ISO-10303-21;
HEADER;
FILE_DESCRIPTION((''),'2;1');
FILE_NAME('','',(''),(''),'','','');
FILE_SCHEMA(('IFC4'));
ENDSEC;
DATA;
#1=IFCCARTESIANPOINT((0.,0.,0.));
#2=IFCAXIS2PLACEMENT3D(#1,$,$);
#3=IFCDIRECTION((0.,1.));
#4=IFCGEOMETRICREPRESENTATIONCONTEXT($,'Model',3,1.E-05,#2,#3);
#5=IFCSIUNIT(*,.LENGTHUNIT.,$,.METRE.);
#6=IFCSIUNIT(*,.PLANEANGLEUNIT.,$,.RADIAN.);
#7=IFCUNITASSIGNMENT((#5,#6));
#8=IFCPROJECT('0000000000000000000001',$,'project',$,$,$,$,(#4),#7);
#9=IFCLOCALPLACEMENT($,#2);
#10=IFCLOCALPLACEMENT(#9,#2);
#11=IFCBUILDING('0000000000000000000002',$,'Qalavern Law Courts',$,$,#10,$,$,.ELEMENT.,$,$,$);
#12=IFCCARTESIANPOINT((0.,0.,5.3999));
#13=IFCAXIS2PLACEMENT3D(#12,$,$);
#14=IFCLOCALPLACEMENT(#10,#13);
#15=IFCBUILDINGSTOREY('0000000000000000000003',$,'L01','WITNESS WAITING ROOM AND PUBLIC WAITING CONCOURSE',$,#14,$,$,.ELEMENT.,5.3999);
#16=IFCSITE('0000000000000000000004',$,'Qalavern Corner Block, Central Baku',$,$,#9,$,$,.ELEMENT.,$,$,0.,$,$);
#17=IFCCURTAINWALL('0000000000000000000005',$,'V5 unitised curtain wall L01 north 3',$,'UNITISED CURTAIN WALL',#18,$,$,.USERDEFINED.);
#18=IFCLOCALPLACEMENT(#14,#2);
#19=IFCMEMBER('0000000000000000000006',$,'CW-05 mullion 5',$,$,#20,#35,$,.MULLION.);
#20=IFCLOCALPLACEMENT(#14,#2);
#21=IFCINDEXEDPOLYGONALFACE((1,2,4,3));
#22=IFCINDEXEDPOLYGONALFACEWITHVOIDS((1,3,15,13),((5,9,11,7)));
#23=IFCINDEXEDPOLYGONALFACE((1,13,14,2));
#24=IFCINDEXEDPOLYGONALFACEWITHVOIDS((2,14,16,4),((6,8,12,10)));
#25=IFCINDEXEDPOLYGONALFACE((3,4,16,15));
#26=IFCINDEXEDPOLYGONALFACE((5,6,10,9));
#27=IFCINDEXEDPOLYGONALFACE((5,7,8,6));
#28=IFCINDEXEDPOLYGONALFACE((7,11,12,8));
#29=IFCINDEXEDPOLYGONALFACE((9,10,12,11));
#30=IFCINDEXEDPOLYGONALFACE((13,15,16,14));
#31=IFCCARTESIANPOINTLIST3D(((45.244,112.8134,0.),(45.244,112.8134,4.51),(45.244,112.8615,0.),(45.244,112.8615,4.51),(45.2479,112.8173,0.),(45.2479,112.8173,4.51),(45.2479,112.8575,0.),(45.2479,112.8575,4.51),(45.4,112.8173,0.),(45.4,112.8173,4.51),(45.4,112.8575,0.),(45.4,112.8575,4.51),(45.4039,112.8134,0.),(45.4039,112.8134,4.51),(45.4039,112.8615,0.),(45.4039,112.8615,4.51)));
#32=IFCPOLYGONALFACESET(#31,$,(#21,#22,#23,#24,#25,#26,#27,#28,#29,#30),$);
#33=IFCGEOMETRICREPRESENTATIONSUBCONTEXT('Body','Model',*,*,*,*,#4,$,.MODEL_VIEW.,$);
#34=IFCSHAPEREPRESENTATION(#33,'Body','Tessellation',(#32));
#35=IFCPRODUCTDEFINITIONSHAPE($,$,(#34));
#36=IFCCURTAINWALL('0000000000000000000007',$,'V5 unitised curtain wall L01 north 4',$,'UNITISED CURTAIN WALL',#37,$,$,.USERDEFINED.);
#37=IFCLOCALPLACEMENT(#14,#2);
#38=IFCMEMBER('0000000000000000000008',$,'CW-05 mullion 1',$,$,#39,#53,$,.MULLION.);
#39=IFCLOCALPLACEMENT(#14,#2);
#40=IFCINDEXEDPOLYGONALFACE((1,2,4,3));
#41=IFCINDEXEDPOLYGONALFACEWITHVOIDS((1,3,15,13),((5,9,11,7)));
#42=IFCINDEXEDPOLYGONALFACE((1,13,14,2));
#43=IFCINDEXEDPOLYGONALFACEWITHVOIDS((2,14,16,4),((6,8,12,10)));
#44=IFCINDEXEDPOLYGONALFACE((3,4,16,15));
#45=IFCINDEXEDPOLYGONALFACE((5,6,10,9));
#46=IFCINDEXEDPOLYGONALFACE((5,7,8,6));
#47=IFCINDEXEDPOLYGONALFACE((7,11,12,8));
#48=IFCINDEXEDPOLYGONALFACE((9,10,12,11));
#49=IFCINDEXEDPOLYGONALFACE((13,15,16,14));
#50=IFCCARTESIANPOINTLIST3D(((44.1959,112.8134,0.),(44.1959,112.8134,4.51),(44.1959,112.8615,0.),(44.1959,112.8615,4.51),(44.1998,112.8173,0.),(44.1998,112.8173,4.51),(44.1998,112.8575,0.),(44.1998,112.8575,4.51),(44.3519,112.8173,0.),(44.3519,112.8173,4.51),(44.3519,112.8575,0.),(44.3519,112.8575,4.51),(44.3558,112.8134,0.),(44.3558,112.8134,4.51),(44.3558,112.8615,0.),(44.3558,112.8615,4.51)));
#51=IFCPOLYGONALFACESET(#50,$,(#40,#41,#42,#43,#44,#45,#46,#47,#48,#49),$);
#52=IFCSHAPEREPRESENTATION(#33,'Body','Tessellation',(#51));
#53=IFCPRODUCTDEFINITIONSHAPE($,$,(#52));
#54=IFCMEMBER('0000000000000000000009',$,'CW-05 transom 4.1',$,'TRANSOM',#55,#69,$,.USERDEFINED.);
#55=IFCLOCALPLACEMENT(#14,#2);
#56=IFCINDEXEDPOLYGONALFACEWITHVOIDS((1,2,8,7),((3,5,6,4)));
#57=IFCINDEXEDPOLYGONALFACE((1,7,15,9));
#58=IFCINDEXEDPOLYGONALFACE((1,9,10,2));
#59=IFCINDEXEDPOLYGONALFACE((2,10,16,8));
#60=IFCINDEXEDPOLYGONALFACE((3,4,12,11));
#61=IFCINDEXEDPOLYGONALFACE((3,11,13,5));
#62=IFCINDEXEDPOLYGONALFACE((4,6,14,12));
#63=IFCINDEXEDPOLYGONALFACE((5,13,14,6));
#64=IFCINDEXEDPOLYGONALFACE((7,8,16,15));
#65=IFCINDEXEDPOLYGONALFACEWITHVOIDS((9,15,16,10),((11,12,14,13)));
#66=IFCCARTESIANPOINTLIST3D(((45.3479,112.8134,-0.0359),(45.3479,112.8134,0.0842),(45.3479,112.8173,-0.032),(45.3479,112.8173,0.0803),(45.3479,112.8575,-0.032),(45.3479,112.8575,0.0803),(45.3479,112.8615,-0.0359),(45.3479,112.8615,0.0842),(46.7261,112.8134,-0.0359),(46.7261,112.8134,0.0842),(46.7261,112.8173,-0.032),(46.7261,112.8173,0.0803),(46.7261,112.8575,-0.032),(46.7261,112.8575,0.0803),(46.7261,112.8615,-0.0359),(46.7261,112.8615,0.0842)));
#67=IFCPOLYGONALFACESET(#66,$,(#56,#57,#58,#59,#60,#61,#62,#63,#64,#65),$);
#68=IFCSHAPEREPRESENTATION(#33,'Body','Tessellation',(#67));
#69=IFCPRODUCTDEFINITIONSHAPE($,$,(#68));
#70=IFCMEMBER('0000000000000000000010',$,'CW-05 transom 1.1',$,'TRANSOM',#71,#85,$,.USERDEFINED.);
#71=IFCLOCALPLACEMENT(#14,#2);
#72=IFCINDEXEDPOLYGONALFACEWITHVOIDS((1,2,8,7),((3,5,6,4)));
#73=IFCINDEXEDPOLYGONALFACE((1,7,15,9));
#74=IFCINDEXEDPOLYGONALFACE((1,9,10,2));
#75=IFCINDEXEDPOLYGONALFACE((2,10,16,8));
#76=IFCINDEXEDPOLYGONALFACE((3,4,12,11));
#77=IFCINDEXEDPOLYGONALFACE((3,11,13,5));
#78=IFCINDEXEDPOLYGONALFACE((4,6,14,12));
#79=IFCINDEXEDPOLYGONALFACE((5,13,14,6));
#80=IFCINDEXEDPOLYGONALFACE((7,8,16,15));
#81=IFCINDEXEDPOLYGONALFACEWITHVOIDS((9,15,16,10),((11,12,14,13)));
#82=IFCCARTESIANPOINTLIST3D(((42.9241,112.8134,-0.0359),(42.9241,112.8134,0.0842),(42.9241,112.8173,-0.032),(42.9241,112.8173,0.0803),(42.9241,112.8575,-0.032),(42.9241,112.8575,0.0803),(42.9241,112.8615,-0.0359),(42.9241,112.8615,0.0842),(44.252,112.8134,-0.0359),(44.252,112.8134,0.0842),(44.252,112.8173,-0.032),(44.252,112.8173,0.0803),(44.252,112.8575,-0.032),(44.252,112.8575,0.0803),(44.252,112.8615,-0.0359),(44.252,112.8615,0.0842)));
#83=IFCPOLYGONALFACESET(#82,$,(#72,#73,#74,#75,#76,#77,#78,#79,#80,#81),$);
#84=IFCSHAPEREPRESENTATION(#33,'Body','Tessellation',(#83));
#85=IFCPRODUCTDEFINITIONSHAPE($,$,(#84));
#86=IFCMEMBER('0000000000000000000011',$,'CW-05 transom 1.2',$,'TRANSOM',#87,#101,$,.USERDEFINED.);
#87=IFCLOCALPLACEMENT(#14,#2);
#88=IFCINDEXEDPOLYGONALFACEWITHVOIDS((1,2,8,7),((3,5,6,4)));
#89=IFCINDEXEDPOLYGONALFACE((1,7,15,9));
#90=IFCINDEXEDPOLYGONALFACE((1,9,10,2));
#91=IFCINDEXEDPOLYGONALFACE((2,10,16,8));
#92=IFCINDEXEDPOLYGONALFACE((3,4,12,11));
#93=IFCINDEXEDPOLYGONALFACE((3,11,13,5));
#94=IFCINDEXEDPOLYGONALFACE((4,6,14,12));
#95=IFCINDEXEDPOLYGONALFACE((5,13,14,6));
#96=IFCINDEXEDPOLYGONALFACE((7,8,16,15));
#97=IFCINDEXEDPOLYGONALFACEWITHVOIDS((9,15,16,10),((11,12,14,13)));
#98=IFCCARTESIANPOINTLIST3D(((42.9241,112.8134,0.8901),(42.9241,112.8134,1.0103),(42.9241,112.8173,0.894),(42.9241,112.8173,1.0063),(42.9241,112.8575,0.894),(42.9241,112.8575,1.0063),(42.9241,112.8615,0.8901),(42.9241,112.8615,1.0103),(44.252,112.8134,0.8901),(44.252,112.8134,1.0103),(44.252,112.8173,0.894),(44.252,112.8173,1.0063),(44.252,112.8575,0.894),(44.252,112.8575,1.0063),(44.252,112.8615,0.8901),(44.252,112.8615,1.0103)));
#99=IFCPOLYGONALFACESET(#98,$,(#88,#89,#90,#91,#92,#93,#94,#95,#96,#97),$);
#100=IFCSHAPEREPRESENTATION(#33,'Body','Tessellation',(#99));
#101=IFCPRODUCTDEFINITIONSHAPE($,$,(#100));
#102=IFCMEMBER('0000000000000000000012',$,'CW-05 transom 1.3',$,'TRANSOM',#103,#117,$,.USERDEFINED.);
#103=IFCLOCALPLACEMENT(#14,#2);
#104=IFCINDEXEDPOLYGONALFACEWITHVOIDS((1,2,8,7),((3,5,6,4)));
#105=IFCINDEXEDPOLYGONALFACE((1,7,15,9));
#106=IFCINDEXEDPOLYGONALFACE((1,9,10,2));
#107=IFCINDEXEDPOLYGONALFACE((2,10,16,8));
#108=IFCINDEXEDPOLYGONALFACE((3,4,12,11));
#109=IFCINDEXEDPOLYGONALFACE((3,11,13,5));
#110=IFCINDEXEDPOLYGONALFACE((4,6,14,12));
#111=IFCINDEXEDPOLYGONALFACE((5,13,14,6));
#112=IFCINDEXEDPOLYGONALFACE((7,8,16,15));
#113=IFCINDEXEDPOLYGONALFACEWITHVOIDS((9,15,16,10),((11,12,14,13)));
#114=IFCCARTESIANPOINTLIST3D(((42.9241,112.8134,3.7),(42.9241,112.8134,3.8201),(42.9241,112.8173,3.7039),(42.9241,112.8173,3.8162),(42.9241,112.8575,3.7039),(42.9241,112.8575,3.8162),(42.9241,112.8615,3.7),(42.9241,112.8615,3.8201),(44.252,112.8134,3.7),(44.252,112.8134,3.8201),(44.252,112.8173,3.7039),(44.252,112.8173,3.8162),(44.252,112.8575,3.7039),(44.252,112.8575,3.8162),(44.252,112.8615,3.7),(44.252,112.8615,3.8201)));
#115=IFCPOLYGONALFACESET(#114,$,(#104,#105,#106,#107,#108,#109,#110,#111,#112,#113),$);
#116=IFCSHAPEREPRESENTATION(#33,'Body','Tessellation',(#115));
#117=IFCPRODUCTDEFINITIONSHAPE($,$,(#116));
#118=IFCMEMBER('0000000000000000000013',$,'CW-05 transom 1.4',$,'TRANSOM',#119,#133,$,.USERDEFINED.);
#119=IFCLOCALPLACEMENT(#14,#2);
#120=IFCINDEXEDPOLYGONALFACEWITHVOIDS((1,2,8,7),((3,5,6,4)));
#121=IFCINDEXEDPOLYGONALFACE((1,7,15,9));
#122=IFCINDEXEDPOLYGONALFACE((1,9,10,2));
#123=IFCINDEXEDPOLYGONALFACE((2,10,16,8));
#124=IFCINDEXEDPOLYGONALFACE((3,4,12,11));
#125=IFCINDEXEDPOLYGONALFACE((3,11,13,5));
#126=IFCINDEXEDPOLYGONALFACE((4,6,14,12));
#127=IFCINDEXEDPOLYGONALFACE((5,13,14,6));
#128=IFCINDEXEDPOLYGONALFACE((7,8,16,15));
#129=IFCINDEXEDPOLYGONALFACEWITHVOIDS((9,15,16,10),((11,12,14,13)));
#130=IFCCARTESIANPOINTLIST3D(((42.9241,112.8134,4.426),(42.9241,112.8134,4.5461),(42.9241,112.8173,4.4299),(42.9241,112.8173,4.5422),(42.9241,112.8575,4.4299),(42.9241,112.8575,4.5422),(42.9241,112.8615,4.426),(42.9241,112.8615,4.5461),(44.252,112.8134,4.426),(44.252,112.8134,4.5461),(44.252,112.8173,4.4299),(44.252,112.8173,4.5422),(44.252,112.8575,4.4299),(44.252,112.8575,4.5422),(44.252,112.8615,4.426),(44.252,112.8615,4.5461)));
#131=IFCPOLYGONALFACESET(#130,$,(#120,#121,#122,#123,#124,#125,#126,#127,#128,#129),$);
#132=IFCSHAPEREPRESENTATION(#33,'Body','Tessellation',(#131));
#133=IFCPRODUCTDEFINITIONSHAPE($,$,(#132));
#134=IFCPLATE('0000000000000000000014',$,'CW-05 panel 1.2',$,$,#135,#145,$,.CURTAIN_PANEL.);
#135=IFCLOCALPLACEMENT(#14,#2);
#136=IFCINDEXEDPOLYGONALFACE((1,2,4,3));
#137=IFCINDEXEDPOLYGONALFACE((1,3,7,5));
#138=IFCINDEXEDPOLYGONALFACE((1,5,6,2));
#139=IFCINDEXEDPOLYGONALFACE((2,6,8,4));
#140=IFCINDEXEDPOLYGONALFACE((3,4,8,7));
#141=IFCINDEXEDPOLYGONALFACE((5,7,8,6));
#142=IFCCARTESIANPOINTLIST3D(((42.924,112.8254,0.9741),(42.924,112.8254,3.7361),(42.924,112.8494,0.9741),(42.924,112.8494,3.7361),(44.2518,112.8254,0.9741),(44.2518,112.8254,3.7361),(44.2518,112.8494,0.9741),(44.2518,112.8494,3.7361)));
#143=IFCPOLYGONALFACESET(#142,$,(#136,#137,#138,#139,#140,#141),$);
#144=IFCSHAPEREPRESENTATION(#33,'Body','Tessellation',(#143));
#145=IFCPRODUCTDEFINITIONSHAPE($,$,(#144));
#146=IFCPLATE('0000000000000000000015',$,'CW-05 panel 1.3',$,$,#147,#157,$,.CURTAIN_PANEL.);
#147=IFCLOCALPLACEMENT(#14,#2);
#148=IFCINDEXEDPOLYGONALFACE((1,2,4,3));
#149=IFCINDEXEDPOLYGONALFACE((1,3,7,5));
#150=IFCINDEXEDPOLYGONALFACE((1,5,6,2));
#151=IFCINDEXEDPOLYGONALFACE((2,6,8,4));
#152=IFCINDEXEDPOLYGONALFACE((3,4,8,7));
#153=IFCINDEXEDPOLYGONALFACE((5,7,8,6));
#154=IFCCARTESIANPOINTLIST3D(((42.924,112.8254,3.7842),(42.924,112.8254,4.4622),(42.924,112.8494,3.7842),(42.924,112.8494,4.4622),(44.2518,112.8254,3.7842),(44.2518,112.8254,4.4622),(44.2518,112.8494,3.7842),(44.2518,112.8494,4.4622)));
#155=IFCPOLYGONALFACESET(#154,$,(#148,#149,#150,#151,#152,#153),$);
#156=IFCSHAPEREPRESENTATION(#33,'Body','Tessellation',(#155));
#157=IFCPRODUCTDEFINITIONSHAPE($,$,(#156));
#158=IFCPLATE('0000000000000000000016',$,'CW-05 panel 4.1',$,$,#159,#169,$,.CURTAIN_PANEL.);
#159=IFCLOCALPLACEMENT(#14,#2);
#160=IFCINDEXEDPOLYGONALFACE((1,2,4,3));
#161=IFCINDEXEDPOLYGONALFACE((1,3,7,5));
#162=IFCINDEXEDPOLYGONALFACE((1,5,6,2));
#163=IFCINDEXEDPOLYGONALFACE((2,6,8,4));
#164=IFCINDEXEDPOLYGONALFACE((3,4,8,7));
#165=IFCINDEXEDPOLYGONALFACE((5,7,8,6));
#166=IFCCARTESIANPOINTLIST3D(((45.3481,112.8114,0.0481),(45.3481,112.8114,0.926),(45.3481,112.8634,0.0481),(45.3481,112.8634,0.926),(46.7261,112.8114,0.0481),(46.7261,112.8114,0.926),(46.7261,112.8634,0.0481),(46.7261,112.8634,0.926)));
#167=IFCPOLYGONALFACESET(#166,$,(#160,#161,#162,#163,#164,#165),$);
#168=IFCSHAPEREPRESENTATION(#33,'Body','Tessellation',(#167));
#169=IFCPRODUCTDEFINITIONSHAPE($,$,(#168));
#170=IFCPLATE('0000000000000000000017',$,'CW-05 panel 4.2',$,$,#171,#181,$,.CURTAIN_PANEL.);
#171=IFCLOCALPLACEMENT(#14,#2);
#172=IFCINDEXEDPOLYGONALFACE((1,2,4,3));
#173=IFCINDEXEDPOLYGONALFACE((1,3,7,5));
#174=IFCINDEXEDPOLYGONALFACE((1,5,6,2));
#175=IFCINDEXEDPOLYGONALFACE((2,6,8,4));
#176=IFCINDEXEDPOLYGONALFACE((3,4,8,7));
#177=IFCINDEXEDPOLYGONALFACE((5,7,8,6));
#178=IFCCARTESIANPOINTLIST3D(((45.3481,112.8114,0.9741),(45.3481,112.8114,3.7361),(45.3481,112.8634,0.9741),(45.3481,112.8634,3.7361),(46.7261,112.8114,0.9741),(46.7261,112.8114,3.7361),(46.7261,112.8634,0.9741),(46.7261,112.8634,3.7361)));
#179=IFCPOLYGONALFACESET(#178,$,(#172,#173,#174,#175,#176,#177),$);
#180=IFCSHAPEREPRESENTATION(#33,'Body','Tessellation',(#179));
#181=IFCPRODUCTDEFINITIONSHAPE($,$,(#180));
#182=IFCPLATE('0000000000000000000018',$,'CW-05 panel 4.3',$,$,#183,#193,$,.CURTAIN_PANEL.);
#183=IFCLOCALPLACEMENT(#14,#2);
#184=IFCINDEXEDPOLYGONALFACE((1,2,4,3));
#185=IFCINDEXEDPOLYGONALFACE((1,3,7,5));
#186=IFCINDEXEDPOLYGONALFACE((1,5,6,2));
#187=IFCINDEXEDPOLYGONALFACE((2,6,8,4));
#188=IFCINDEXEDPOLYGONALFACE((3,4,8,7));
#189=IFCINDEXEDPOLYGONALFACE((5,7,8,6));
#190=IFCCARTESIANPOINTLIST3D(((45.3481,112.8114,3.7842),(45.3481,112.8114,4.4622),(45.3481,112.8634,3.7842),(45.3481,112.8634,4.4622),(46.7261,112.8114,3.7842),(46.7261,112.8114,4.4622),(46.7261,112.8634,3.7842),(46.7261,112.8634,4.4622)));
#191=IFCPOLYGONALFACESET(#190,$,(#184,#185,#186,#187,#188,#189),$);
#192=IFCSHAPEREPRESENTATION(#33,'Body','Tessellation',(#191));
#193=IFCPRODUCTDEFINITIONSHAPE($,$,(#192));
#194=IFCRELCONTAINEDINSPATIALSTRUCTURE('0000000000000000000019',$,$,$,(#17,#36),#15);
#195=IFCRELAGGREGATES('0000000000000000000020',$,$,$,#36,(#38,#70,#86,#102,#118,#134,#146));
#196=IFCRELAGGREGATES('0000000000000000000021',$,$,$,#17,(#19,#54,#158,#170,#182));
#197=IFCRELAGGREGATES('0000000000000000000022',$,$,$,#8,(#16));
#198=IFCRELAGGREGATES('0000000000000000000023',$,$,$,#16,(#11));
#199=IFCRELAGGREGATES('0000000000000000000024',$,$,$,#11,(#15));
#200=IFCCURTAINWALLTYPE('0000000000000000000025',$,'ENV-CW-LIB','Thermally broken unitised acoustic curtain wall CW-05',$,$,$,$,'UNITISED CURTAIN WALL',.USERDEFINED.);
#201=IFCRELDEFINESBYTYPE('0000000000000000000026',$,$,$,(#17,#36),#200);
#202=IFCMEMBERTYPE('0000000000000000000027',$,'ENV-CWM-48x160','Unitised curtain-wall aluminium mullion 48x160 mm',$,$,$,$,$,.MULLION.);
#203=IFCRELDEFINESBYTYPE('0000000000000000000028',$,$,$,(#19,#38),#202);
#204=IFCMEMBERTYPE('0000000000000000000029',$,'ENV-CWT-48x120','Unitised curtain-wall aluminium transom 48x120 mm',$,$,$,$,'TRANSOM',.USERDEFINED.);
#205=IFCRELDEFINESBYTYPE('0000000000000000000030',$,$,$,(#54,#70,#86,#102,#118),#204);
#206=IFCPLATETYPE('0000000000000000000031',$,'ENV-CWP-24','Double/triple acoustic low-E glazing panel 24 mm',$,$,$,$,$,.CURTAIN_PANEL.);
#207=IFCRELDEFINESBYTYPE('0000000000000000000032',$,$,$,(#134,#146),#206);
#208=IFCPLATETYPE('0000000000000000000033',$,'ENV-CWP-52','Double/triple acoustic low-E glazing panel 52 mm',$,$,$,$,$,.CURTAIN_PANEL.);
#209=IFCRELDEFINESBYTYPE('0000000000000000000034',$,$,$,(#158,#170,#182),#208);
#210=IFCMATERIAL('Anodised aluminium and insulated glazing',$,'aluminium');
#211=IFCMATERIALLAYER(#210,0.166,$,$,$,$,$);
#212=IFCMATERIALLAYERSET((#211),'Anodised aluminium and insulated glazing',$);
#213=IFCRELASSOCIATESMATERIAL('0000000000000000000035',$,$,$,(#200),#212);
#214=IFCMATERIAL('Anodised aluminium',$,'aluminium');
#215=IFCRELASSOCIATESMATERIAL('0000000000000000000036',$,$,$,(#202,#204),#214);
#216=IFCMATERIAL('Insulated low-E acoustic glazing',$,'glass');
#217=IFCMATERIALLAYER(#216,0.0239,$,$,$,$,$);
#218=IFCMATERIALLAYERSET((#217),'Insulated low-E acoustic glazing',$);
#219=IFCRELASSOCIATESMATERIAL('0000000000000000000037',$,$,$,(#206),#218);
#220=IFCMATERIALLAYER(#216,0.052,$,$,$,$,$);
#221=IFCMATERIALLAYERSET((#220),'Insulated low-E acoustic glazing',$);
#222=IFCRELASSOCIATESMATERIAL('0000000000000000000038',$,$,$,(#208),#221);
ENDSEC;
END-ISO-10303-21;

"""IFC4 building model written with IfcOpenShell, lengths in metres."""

from ifc_helpers import new_model, si_unit, direction, frame, origin, origin_2d, place, context, subcontext, project, spatial, rectangle, hollow_rectangle, extrude, material, layer, layer_set, material_profile, profile_set, type_object, element, aggregate, save


model = new_model("IFC4")

# Units and contexts
model_context = context("Model", 3, precision=1e-05, world=origin(), true_north=direction((0.0, 1.0)))
body_context = subcontext(model_context, "Body", "Model", "MODEL_VIEW")
ifc_project = project(units=[si_unit("LENGTHUNIT", "METRE"), si_unit("PLANEANGLEUNIT", "RADIAN")], contexts=[model_context])

# Site, building, storey
site_placement = place(None, origin())
site = spatial("IfcSite", under=ifc_project, at=site_placement, Name="Qalavern Corner Block, Central Baku", CompositionType="ELEMENT", RefElevation=0.0)
building_placement = place(site_placement, origin())
building = spatial("IfcBuilding", under=site, at=building_placement, Name="Qalavern Law Courts", CompositionType="ELEMENT")
storey_placement = place(building_placement, frame((0.0, 0.0, 5.3999)))
storey = spatial("IfcBuildingStorey", under=building, at=storey_placement, Name="L01", Description="WITNESS WAITING ROOM AND PUBLIC WAITING CONCOURSE", CompositionType="ELEMENT", Elevation=5.3999)

# Curtain walls, members
ifc_material_1 = material(Name="Anodised aluminium and insulated glazing", Category="aluminium")
ifc_layer_1 = layer(ifc_material_1, 0.166)
ifc_layer_set_1 = layer_set([ifc_layer_1], Name="Anodised aluminium and insulated glazing")
curtain_wall_type = type_object("IfcCurtainWallType", Name="ENV-CW-LIB", Description="Thermally broken unitised acoustic curtain wall CW-05", ElementType="UNITISED CURTAIN WALL", PredefinedType="USERDEFINED", material=ifc_layer_set_1)
curtain_wall_1_placement = place(storey_placement, origin())
curtain_wall_1 = element("IfcCurtainWall", 1, at=curtain_wall_1_placement, inside=storey, type_object=curtain_wall_type, Name="V5 unitised curtain wall L01 north 3", ObjectType="UNITISED CURTAIN WALL", PredefinedType="USERDEFINED")
ifc_material_2 = material(Name="Anodised aluminium", Category="aluminium")
ifc_material_profile_1 = material_profile(ifc_material_2, hollow_rectangle(XDim=0.0481, YDim=0.1599, WallThickness=0.0039, at=origin_2d()), Name="ALU MULLION 48x160")
ifc_profile_set_1 = profile_set([ifc_material_profile_1], Name="Anodised aluminium")
member_type_1 = type_object("IfcMemberType", Name="ENV-CWM-48x160", Description="Unitised curtain-wall aluminium mullion 48x160 mm", PredefinedType="MULLION", material=ifc_profile_set_1)
member_1_placement = place(storey_placement, frame((45.324, 112.8374, 0.0), z_axis=(0.0, 0.0, 1.0), x_axis=(0.0, -1.0, 0.0)))
member_1 = element("IfcMember", 2, at=member_1_placement, type_object=member_type_1, Name="CW-05 mullion 5", PredefinedType="MULLION", context=body_context, shape_type="SweptSolid", body=[
    extrude(hollow_rectangle(XDim=0.0481, YDim=0.1599, WallThickness=0.0039, at=origin_2d()), origin(), (0.0, 0.0, 1.0), 4.51),
])
curtain_wall_2_placement = place(storey_placement, origin())
curtain_wall_2 = element("IfcCurtainWall", 3, at=curtain_wall_2_placement, inside=storey, type_object=curtain_wall_type, Name="V5 unitised curtain wall L01 north 4", ObjectType="UNITISED CURTAIN WALL", PredefinedType="USERDEFINED")
member_2_placement = place(storey_placement, frame((44.2759, 112.8374, 0.0), z_axis=(0.0, 0.0, 1.0), x_axis=(0.0, -1.0, 0.0)))
member_2 = element("IfcMember", 4, at=member_2_placement, type_object=member_type_1, Name="CW-05 mullion 1", PredefinedType="MULLION", context=body_context, shape_type="SweptSolid", body=[
    extrude(hollow_rectangle(XDim=0.0481, YDim=0.1599, WallThickness=0.0039, at=origin_2d()), origin(), (0.0, 0.0, 1.0), 4.51),
])

# Members
ifc_material_profile_2 = material_profile(ifc_material_2, hollow_rectangle(XDim=0.0481, YDim=0.1201, WallThickness=0.0039, at=origin_2d()), Name="ALU TRANSOM 48x120")
ifc_profile_set_2 = profile_set([ifc_material_profile_2], Name="Anodised aluminium")
member_type_2 = type_object("IfcMemberType", Name="ENV-CWT-48x120", Description="Unitised curtain-wall aluminium transom 48x120 mm", ElementType="TRANSOM", PredefinedType="USERDEFINED", material=ifc_profile_set_2)
member_3_placement = place(storey_placement, frame((46.7261, 112.8374, 0.0242), z_axis=(-1.0, 0.0, 0.0), x_axis=(0.0, -1.0, 0.0)))
member_3 = element("IfcMember", 5, at=member_3_placement, type_object=member_type_2, Name="CW-05 transom 4.1", ObjectType="TRANSOM", PredefinedType="USERDEFINED", context=body_context, shape_type="SweptSolid", body=[
    extrude(hollow_rectangle(XDim=0.0481, YDim=0.1201, WallThickness=0.0039, at=origin_2d()), origin(), (0.0, 0.0, 1.0), 1.3782),
])
member_4_placement = place(storey_placement, frame((44.252, 112.8374, 0.0242), z_axis=(-1.0, 0.0, 0.0), x_axis=(0.0, -1.0, 0.0)))
member_4 = element("IfcMember", 6, at=member_4_placement, type_object=member_type_2, Name="CW-05 transom 1.1", ObjectType="TRANSOM", PredefinedType="USERDEFINED", context=body_context, shape_type="SweptSolid", body=[
    extrude(hollow_rectangle(XDim=0.0481, YDim=0.1201, WallThickness=0.0039, at=origin_2d()), origin(), (0.0, 0.0, 1.0), 1.3279),
])
member_5_placement = place(storey_placement, frame((44.252, 112.8374, 0.9502), z_axis=(-1.0, 0.0, 0.0), x_axis=(0.0, -1.0, 0.0)))
member_5 = element("IfcMember", 7, at=member_5_placement, type_object=member_type_2, Name="CW-05 transom 1.2", ObjectType="TRANSOM", PredefinedType="USERDEFINED", context=body_context, shape_type="SweptSolid", body=[
    extrude(hollow_rectangle(XDim=0.0481, YDim=0.1201, WallThickness=0.0039, at=origin_2d()), origin(), (0.0, 0.0, 1.0), 1.3279),
])
member_6_placement = place(storey_placement, frame((44.252, 112.8374, 3.76), z_axis=(-1.0, 0.0, 0.0), x_axis=(0.0, -1.0, 0.0)))
member_6 = element("IfcMember", 8, at=member_6_placement, type_object=member_type_2, Name="CW-05 transom 1.3", ObjectType="TRANSOM", PredefinedType="USERDEFINED", context=body_context, shape_type="SweptSolid", body=[
    extrude(hollow_rectangle(XDim=0.0481, YDim=0.1201, WallThickness=0.0039, at=origin_2d()), origin(), (0.0, 0.0, 1.0), 1.3279),
])
member_7_placement = place(storey_placement, frame((44.252, 112.8374, 4.4861), z_axis=(-1.0, 0.0, 0.0), x_axis=(0.0, -1.0, 0.0)))
member_7 = element("IfcMember", 9, at=member_7_placement, type_object=member_type_2, Name="CW-05 transom 1.4", ObjectType="TRANSOM", PredefinedType="USERDEFINED", context=body_context, shape_type="SweptSolid", body=[
    extrude(hollow_rectangle(XDim=0.0481, YDim=0.1201, WallThickness=0.0039, at=origin_2d()), origin(), (0.0, 0.0, 1.0), 1.3279),
])

# Plates
ifc_material_3 = material(Name="Insulated low-E acoustic glazing", Category="glass")
ifc_layer_2 = layer(ifc_material_3, 0.0239)
ifc_layer_set_2 = layer_set([ifc_layer_2], Name="Insulated low-E acoustic glazing")
plate_type_1 = type_object("IfcPlateType", Name="ENV-CWP-24", Description="Double/triple acoustic low-E glazing panel 24 mm", PredefinedType="CURTAIN_PANEL", material=ifc_layer_set_2)
plate_1_placement = place(storey_placement, frame((43.5879, 112.8374, 0.9741), z_axis=(0.0, 0.0, 1.0), x_axis=(-1.0, 0.0, 0.0)))
plate_1 = element("IfcPlate", 10, at=plate_1_placement, type_object=plate_type_1, Name="CW-05 panel 1.2", PredefinedType="CURTAIN_PANEL", context=body_context, shape_type="SweptSolid", body=[
    extrude(rectangle(XDim=1.3279, YDim=0.0239, at=origin_2d()), origin(), (0.0, 0.0, 1.0), 2.762),
])
plate_2_placement = place(storey_placement, frame((43.5879, 112.8374, 3.7842), z_axis=(0.0, 0.0, 1.0), x_axis=(-1.0, 0.0, 0.0)))
plate_2 = element("IfcPlate", 11, at=plate_2_placement, type_object=plate_type_1, Name="CW-05 panel 1.3", PredefinedType="CURTAIN_PANEL", context=body_context, shape_type="SweptSolid", body=[
    extrude(rectangle(XDim=1.3279, YDim=0.0239, at=origin_2d()), origin(), (0.0, 0.0, 1.0), 0.678),
])
aggregate(curtain_wall_2, [member_2, member_4, member_5, member_6, member_7, plate_1, plate_2])
ifc_layer_3 = layer(ifc_material_3, 0.052)
ifc_layer_set_3 = layer_set([ifc_layer_3], Name="Insulated low-E acoustic glazing")
plate_type_2 = type_object("IfcPlateType", Name="ENV-CWP-52", Description="Double/triple acoustic low-E glazing panel 52 mm", PredefinedType="CURTAIN_PANEL", material=ifc_layer_set_3)
plate_3_placement = place(storey_placement, frame((46.0371, 112.8374, 0.0481), z_axis=(0.0, 0.0, 1.0), x_axis=(-1.0, 0.0, 0.0)))
plate_3 = element("IfcPlate", 12, at=plate_3_placement, type_object=plate_type_2, Name="CW-05 panel 4.1", PredefinedType="CURTAIN_PANEL", context=body_context, shape_type="SweptSolid", body=[
    extrude(rectangle(XDim=1.3779, YDim=0.052, at=origin_2d()), origin(), (0.0, 0.0, 1.0), 0.8779),
])
plate_4_placement = place(storey_placement, frame((46.0371, 112.8374, 0.9741), z_axis=(0.0, 0.0, 1.0), x_axis=(-1.0, 0.0, 0.0)))
plate_4 = element("IfcPlate", 13, at=plate_4_placement, type_object=plate_type_2, Name="CW-05 panel 4.2", PredefinedType="CURTAIN_PANEL", context=body_context, shape_type="SweptSolid", body=[
    extrude(rectangle(XDim=1.3779, YDim=0.052, at=origin_2d()), origin(), (0.0, 0.0, 1.0), 2.762),
])
plate_5_placement = place(storey_placement, frame((46.0371, 112.8374, 3.7842), z_axis=(0.0, 0.0, 1.0), x_axis=(-1.0, 0.0, 0.0)))
plate_5 = element("IfcPlate", 14, at=plate_5_placement, type_object=plate_type_2, Name="CW-05 panel 4.3", PredefinedType="CURTAIN_PANEL", context=body_context, shape_type="SweptSolid", body=[
    extrude(rectangle(XDim=1.3779, YDim=0.052, at=origin_2d()), origin(), (0.0, 0.0, 1.0), 0.678),
])
aggregate(curtain_wall_1, [member_1, member_3, plate_3, plate_4, plate_5])

save(model, "model.ifc")
